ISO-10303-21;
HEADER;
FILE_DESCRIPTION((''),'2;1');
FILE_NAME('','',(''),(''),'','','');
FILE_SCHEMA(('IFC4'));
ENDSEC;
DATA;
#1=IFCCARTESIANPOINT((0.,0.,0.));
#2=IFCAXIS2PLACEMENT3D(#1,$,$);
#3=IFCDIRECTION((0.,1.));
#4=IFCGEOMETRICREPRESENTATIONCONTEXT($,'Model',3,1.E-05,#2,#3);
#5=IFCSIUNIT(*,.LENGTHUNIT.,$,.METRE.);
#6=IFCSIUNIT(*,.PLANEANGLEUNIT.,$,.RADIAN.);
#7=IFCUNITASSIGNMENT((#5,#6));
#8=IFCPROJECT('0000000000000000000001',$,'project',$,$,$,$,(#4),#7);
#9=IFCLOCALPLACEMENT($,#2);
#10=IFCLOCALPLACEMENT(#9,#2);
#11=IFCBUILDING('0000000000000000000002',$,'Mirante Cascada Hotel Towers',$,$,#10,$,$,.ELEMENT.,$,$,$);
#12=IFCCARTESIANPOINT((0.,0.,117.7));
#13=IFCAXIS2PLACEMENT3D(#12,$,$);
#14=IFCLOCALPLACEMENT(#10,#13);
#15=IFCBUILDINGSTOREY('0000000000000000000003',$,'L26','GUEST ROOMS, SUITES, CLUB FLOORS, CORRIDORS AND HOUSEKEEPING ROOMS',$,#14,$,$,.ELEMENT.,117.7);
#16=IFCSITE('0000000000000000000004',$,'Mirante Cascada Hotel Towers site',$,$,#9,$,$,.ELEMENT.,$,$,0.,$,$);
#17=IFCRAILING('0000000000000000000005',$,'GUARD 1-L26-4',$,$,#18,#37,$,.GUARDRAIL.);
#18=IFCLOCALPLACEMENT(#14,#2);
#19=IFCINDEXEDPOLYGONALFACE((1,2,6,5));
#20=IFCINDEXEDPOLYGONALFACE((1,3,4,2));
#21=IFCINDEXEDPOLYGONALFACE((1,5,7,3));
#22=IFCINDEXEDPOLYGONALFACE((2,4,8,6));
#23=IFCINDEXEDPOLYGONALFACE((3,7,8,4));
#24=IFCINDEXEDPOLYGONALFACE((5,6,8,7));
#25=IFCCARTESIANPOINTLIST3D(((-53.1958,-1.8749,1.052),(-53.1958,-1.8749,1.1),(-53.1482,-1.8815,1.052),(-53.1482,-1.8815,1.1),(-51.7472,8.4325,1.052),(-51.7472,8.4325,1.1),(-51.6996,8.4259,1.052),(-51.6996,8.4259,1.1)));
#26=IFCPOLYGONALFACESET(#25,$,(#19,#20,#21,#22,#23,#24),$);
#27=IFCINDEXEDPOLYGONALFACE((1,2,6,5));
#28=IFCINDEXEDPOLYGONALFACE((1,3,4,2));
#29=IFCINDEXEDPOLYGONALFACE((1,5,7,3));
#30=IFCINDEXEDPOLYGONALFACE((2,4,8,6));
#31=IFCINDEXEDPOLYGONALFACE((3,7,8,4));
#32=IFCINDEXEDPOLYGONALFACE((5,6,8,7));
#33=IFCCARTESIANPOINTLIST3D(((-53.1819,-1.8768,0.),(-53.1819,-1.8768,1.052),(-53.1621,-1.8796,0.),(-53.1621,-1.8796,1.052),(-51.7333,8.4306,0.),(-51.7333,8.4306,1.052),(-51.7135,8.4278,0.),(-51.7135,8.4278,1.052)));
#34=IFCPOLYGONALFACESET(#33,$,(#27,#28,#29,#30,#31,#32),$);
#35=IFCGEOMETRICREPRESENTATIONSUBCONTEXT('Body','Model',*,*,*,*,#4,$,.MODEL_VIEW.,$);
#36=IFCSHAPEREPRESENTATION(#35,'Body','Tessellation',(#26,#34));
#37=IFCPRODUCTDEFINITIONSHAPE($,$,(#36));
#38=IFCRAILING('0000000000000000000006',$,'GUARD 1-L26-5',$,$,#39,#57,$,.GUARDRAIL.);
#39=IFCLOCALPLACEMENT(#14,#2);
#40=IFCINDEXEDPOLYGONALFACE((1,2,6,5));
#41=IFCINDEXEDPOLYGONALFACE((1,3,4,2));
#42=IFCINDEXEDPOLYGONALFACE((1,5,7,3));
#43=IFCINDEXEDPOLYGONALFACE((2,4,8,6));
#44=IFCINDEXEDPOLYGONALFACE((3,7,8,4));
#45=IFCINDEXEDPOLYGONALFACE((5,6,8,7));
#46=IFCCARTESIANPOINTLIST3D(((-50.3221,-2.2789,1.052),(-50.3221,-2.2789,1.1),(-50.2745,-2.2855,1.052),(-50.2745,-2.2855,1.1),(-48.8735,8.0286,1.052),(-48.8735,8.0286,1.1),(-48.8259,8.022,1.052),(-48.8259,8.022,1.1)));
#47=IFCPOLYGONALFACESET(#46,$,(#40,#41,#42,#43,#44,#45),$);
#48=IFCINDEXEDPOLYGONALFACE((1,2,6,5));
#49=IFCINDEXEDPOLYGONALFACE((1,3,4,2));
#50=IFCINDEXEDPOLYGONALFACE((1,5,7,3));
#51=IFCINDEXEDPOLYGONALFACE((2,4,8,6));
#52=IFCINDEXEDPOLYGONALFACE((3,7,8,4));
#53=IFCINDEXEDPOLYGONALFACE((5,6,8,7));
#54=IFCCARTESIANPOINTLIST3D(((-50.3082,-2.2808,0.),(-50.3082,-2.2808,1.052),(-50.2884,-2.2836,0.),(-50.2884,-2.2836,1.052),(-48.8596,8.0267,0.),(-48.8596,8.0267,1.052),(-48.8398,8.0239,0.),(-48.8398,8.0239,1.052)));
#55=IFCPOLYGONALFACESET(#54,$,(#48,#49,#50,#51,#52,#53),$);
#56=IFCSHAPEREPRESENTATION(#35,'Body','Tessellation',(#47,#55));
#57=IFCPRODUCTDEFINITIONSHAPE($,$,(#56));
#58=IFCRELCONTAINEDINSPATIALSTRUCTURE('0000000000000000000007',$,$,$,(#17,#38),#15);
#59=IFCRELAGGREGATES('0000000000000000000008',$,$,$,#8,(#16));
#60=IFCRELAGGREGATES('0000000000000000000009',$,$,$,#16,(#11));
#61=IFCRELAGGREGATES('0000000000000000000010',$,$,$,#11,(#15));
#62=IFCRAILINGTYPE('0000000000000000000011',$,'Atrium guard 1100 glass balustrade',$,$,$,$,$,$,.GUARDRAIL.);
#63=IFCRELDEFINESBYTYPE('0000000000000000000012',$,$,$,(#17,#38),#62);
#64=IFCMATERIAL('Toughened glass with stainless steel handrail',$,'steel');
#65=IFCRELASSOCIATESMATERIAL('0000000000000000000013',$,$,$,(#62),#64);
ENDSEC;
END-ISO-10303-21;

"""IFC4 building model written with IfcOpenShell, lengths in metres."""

from ifc_helpers import new_model, si_unit, direction, frame, origin, origin_2d, place, context, subcontext, project, spatial, rectangle, extrude, material, type_object, element, save


model = new_model("IFC4")

# Units and contexts
model_context = context("Model", 3, precision=1e-05, world=origin(), true_north=direction((0.0, 1.0)))
body_context = subcontext(model_context, "Body", "Model", "MODEL_VIEW")
ifc_project = project(units=[si_unit("LENGTHUNIT", "METRE"), si_unit("PLANEANGLEUNIT", "RADIAN")], contexts=[model_context])

# Site, building, storey
site_placement = place(None, origin())
site = spatial("IfcSite", under=ifc_project, at=site_placement, Name="Mirante Cascada Hotel Towers site", CompositionType="ELEMENT", RefElevation=0.0)
building_placement = place(site_placement, origin())
building = spatial("IfcBuilding", under=site, at=building_placement, Name="Mirante Cascada Hotel Towers", CompositionType="ELEMENT")
storey_placement = place(building_placement, frame((0.0, 0.0, 117.7)))
storey = spatial("IfcBuildingStorey", under=building, at=storey_placement, Name="L26", Description="GUEST ROOMS, SUITES, CLUB FLOORS, CORRIDORS AND HOUSEKEEPING ROOMS", CompositionType="ELEMENT", Elevation=117.7)

# Railings
ifc_material_1 = material(Name="Toughened glass with stainless steel handrail", Category="steel")
railing_type = type_object("IfcRailingType", Name="Atrium guard 1100 glass balustrade", PredefinedType="GUARDRAIL", material=ifc_material_1)
railing_1_placement = place(storey_placement, frame((-53.172, -1.8782, 0.0)))
element("IfcRailing", 1, at=railing_1_placement, inside=storey, type_object=railing_type, Name="GUARD 1-L26-4", PredefinedType="GUARDRAIL", context=body_context, shape_type="SweptSolid", body=[
    extrude(rectangle(XDim=0.048, YDim=0.048, at=origin_2d()), frame((0.0, 0.0, 1.076), z_axis=(0.139172, 0.990268, 0.0), x_axis=(-0.990268, 0.139172, 0.0)), (0.0, 0.0, 1.0), 10.4087),
    extrude(rectangle(XDim=0.02, YDim=1.052, at=origin_2d()), frame((0.0, 0.0, 0.526), z_axis=(0.139172, 0.990268, 0.0), x_axis=(-0.990268, 0.139172, 0.0)), (0.0, 0.0, 1.0), 10.4087),
])
railing_2_placement = place(storey_placement, frame((-48.8497, 8.0253, 0.0)))
element("IfcRailing", 2, at=railing_2_placement, inside=storey, type_object=railing_type, Name="GUARD 1-L26-5", PredefinedType="GUARDRAIL", context=body_context, shape_type="SweptSolid", body=[
    extrude(rectangle(XDim=0.048, YDim=0.048, at=origin_2d()), frame((0.0, 0.0, 1.076), z_axis=(-0.139171, -0.990268, 0.0), x_axis=(0.990268, -0.139171, 0.0)), (0.0, 0.0, 1.0), 10.4088),
    extrude(rectangle(XDim=0.02, YDim=1.052, at=origin_2d()), frame((0.0, 0.0, 0.526), z_axis=(-0.139171, -0.990268, 0.0), x_axis=(0.990268, -0.139171, 0.0)), (0.0, 0.0, 1.0), 10.4088),
])

save(model, "model.ifc")
